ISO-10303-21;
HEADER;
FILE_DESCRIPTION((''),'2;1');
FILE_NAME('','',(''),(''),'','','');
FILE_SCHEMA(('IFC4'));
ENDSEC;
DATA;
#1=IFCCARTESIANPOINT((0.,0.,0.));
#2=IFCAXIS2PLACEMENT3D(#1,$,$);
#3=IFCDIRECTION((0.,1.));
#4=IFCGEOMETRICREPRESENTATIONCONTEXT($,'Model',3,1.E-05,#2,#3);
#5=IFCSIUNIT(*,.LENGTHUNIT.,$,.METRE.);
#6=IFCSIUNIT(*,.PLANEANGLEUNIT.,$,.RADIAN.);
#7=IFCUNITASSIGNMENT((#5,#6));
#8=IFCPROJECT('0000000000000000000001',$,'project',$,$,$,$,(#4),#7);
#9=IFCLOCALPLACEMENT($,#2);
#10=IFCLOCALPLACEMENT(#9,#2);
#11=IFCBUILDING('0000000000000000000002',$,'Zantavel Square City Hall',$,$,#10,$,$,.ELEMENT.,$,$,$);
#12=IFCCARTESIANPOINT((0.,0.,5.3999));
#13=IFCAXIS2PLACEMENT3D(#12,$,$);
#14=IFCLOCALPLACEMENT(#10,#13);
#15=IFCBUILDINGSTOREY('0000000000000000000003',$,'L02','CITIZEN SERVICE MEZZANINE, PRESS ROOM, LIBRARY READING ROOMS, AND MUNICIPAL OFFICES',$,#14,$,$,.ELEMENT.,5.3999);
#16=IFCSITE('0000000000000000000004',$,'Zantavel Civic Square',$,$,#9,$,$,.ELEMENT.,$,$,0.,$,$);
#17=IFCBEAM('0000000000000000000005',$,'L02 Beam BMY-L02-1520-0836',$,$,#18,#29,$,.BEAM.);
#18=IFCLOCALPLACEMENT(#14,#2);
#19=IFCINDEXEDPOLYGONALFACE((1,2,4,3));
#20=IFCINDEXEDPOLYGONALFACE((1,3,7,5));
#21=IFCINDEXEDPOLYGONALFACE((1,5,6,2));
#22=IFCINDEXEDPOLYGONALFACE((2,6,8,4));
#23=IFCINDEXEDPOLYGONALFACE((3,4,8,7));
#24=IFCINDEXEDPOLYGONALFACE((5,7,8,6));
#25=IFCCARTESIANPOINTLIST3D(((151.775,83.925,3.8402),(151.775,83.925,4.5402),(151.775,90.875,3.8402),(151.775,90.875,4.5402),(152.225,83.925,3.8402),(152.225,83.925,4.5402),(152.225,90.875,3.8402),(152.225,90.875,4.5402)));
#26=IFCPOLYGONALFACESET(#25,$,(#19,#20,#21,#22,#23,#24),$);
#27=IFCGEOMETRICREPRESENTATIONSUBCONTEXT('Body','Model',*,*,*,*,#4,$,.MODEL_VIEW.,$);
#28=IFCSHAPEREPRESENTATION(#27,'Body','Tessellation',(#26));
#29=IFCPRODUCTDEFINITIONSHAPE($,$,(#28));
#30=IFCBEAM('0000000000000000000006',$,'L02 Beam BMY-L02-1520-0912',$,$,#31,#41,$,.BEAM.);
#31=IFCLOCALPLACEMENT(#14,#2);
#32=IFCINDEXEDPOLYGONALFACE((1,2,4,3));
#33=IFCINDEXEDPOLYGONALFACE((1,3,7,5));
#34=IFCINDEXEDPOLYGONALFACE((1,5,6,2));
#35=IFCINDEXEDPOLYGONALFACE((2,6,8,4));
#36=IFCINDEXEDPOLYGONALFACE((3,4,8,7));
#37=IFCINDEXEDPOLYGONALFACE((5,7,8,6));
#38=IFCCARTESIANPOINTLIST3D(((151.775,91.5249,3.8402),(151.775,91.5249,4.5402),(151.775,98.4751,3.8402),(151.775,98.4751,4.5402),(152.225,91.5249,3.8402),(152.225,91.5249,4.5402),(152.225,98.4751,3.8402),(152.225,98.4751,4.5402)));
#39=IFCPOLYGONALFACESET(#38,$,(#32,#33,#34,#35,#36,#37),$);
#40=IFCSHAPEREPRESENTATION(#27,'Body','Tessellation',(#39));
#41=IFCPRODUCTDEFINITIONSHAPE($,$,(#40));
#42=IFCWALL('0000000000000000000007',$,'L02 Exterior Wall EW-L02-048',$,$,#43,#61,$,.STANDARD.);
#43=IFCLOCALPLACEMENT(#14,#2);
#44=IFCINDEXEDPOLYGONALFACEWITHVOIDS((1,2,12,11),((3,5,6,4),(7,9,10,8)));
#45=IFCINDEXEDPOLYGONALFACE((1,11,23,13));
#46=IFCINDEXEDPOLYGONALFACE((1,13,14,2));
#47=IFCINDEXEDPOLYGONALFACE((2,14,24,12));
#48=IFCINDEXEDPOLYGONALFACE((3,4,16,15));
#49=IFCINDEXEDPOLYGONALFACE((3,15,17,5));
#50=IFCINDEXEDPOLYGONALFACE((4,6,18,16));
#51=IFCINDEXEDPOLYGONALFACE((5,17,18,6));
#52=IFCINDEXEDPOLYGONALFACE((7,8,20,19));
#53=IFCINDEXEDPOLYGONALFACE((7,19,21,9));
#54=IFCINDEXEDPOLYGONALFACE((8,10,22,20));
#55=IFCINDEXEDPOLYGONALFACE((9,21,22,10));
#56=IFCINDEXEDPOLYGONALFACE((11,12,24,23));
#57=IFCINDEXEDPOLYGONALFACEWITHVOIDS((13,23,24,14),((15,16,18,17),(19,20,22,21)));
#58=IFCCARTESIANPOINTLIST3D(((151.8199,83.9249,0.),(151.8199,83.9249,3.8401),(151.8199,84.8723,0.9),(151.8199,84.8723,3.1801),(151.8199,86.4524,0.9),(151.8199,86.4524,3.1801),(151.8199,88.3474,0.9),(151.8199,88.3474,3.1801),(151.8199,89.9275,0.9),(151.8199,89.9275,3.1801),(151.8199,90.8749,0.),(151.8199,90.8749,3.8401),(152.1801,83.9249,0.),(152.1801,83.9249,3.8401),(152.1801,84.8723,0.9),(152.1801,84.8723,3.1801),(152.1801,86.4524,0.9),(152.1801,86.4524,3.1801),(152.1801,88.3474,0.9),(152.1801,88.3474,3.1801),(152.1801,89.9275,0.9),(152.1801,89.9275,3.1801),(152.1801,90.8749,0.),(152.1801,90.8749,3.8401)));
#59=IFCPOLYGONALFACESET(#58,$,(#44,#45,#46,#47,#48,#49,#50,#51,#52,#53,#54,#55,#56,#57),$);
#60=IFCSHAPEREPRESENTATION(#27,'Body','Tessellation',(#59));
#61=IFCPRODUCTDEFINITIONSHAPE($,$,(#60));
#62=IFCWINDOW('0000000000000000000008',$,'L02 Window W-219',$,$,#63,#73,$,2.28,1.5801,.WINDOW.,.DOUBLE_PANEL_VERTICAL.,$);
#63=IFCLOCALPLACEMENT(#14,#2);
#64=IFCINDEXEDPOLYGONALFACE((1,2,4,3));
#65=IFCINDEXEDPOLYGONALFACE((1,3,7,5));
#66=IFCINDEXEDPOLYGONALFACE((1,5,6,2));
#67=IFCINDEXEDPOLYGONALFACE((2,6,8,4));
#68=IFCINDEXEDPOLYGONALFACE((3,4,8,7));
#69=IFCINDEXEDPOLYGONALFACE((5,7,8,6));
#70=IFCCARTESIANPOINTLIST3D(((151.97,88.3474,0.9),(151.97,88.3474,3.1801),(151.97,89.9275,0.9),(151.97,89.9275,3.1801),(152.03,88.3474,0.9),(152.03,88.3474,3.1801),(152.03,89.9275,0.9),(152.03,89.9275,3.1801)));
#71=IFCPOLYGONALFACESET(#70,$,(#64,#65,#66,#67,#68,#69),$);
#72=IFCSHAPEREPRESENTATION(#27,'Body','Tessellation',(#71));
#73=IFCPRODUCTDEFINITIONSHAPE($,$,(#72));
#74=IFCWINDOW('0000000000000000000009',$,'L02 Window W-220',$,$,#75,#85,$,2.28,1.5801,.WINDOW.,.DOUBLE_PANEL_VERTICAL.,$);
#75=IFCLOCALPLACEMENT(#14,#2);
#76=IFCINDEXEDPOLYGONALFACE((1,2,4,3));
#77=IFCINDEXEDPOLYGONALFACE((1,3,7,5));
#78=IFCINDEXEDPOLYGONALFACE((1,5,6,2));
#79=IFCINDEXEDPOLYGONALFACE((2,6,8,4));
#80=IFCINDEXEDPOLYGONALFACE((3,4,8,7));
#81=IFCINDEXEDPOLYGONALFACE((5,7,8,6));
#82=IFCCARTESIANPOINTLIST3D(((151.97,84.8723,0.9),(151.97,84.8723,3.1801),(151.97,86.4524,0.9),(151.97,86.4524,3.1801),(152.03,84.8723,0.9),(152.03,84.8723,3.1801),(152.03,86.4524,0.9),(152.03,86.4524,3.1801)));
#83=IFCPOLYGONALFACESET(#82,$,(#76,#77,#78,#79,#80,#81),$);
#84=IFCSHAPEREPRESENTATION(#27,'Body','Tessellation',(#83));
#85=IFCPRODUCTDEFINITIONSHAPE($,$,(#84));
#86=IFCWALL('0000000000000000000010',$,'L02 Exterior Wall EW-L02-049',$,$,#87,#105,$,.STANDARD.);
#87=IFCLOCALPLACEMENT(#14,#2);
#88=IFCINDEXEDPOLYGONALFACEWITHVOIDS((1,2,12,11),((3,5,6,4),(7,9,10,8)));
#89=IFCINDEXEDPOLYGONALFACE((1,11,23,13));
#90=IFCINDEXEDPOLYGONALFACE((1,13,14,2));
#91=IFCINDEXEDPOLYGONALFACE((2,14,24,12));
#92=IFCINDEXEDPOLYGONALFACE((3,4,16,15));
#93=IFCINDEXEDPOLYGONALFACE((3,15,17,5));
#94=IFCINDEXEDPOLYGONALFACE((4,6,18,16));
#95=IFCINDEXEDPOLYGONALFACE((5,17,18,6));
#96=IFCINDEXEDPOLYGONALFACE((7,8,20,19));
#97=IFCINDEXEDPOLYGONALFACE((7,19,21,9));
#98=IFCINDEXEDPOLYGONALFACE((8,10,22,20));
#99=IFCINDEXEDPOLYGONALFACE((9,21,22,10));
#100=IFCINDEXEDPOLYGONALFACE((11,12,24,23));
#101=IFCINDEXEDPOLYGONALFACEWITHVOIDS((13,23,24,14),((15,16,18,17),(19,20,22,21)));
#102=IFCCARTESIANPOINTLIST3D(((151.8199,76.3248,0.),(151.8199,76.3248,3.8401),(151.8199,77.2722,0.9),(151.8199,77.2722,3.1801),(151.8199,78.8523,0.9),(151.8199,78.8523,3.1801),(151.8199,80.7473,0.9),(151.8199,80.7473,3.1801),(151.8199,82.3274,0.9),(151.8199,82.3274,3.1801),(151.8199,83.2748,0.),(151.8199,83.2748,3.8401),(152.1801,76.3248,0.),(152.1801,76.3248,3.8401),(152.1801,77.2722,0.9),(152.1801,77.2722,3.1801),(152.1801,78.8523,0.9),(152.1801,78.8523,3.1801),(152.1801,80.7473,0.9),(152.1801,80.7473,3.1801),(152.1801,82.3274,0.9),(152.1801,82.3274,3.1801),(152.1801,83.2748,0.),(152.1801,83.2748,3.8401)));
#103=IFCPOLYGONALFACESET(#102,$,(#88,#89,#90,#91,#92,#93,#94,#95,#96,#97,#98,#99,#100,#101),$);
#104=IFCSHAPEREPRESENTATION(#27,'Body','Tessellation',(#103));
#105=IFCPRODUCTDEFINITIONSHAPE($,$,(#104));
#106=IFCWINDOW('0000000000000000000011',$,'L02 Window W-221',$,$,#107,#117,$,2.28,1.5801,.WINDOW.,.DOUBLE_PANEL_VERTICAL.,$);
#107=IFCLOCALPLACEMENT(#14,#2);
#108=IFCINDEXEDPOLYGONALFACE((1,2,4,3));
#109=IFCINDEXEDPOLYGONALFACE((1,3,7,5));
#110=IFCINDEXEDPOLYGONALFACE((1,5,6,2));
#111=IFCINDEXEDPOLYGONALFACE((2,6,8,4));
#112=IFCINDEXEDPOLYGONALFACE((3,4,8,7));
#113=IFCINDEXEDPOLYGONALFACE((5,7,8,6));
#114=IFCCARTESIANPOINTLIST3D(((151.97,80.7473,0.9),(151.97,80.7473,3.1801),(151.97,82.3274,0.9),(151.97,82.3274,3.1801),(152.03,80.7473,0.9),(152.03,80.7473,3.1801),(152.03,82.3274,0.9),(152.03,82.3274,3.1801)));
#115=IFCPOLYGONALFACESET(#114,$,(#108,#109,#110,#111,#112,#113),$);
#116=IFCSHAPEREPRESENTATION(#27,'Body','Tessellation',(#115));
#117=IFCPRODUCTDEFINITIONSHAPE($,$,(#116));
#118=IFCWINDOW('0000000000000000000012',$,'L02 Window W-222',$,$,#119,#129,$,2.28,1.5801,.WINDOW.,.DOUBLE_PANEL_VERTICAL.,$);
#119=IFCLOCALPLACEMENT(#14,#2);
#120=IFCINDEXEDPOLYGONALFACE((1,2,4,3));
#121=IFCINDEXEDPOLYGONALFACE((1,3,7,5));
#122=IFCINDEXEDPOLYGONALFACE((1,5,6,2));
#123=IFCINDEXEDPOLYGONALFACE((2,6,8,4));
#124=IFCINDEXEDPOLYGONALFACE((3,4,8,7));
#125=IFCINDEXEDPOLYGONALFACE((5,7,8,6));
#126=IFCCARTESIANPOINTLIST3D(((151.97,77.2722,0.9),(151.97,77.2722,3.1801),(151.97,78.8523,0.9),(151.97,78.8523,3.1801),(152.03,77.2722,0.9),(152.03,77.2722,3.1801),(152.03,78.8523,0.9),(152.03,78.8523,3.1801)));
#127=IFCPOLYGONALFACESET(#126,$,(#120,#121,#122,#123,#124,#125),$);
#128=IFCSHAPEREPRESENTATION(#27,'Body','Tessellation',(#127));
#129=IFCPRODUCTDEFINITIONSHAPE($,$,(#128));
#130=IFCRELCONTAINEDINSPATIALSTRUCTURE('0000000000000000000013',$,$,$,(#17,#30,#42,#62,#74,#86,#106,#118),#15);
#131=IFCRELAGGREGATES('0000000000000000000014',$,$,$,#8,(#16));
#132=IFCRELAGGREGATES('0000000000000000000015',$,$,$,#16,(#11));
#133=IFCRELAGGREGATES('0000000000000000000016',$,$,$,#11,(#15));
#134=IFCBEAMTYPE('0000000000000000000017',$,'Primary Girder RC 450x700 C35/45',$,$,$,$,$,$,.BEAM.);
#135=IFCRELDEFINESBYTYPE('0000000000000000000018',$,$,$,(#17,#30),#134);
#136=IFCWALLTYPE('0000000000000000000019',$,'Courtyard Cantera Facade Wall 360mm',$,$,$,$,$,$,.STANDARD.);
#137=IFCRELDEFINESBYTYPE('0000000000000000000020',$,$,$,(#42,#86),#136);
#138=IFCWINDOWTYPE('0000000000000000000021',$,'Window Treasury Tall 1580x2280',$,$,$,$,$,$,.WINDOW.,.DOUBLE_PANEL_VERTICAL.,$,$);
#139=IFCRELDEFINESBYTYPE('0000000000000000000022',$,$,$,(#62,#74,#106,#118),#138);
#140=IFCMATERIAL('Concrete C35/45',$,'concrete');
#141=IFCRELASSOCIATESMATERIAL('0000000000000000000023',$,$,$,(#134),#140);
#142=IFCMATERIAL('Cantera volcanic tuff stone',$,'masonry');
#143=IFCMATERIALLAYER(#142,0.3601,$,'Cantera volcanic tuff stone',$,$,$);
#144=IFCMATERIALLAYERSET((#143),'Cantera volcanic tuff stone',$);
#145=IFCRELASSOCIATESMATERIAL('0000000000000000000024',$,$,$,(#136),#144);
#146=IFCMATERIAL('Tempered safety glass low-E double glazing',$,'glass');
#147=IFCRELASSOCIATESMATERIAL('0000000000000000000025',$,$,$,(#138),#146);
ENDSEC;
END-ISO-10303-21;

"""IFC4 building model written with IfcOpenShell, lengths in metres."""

from ifc_helpers import new_model, si_unit, direction, frame, frame_2d, origin, origin_2d, place, context, subcontext, project, spatial, rectangle, extrude, material, layer, layer_set, material_profile, profile_set, type_object, element, fill, save


model = new_model("IFC4")

# Units and contexts
model_context = context("Model", 3, precision=1e-05, world=origin(), true_north=direction((0.0, 1.0)))
body_context = subcontext(model_context, "Body", "Model", "MODEL_VIEW")
ifc_project = project(units=[si_unit("LENGTHUNIT", "METRE"), si_unit("PLANEANGLEUNIT", "RADIAN")], contexts=[model_context])

# Site, building, storey
site_placement = place(None, origin())
site = spatial("IfcSite", under=ifc_project, at=site_placement, Name="Zantavel Civic Square", CompositionType="ELEMENT", RefElevation=0.0)
building_placement = place(site_placement, origin())
building = spatial("IfcBuilding", under=site, at=building_placement, Name="Zantavel Square City Hall", CompositionType="ELEMENT")
storey_placement = place(building_placement, frame((0.0, 0.0, 5.3999)))
storey = spatial("IfcBuildingStorey", under=building, at=storey_placement, Name="L02", Description="CITIZEN SERVICE MEZZANINE, PRESS ROOM, LIBRARY READING ROOMS, AND MUNICIPAL OFFICES", CompositionType="ELEMENT", Elevation=5.3999)

# Beams
ifc_material_1 = material(Name="Concrete C35/45", Category="concrete")
ifc_material_profile_1 = material_profile(ifc_material_1, rectangle(XDim=0.45, YDim=0.7, at=origin_2d()), Name="RC 450x700")
ifc_profile_set_1 = profile_set([ifc_material_profile_1], Name="Concrete C35/45")
beam_type_1 = type_object("IfcBeamType", Name="Primary Girder RC 450x700 C35/45", PredefinedType="BEAM", material=ifc_profile_set_1)
for number, where, z_axis, x_axis, name in (
    (1, (152.0, 83.925, 4.1902), (0.0, 1.0, 0.0), (-1.0, 0.0, 0.0), "L02 Beam BMY-L02-1520-0836"),
):
    element("IfcBeam", number, at=place(storey_placement, frame(where, z_axis=z_axis, x_axis=x_axis)), inside=storey, type_object=beam_type_1, Name=name, PredefinedType="BEAM", context=body_context, shape_type="SweptSolid", body=[
        extrude(rectangle(XDim=0.45, YDim=0.7, at=origin_2d()), origin(), (0.0, 0.0, 1.0), 6.95),
    ])
beam_1_placement = place(storey_placement, frame((152.0, 91.5249, 4.1902), z_axis=(0.0, 1.0, 0.0), x_axis=(-1.0, 0.0, 0.0)))
element("IfcBeam", 2, at=beam_1_placement, inside=storey, type_object=beam_type_1, Name="L02 Beam BMY-L02-1520-0912", PredefinedType="BEAM", context=body_context, shape_type="SweptSolid", body=[
    extrude(rectangle(XDim=0.45, YDim=0.7, at=origin_2d()), origin(), (0.0, 0.0, 1.0), 6.9502),
])

# Walls, openings, windows
ifc_material_2 = material(Name="Cantera volcanic tuff stone", Category="masonry")
ifc_layer_1 = layer(ifc_material_2, 0.3601, Name="Cantera volcanic tuff stone")
ifc_layer_set_1 = layer_set([ifc_layer_1], Name="Cantera volcanic tuff stone")
wall_type_1 = type_object("IfcWallType", Name="Courtyard Cantera Facade Wall 360mm", PredefinedType="STANDARD", material=ifc_layer_set_1)
wall_1_placement = place(storey_placement, frame((152.0, 90.875, 0.0), z_axis=(0.0, 0.0, 1.0), x_axis=(0.0, -1.0, 0.0)))
wall_1 = element("IfcWall", 3, at=wall_1_placement, inside=storey, type_object=wall_type_1, Name="L02 Exterior Wall EW-L02-048", PredefinedType="STANDARD", context=body_context, shape_type="SweptSolid", body=[
    extrude(rectangle(XDim=6.95, YDim=0.3601, at=frame_2d((3.4751, 0.0))), origin(), (0.0, 0.0, 1.0), 3.8401),
])
opening_1_placement = place(wall_1_placement, frame((0.9475, 0.0, 0.8999)))
opening_1 = element("IfcOpeningElement", 4, at=opening_1_placement, cuts=wall_1, PredefinedType="OPENING", context=body_context, shape_type="SweptSolid", body=[
    extrude(rectangle(XDim=1.5801, YDim=2.28, at=frame_2d((0.79, 1.1401))), frame((0.0, 0.1899, 0.0), z_axis=(0.0, -1.0, 0.0), x_axis=(1.0, 0.0, 0.0)), (0.0, 0.0, 1.0), 0.3801),
])
opening_2_placement = place(wall_1_placement, frame((4.4226, 0.0, 0.8999)))
opening_2 = element("IfcOpeningElement", 5, at=opening_2_placement, cuts=wall_1, PredefinedType="OPENING", context=body_context, shape_type="SweptSolid", body=[
    extrude(rectangle(XDim=1.5801, YDim=2.28, at=frame_2d((0.79, 1.1401))), frame((0.0, 0.1899, 0.0), z_axis=(0.0, -1.0, 0.0), x_axis=(1.0, 0.0, 0.0)), (0.0, 0.0, 1.0), 0.3801),
])
ifc_material_3 = material(Name="Tempered safety glass low-E double glazing", Category="glass")
window_type_1 = type_object("IfcWindowType", Name="Window Treasury Tall 1580x2280", PartitioningType="DOUBLE_PANEL_VERTICAL", PredefinedType="WINDOW", material=ifc_material_3)
window_1_placement = place(opening_1_placement, origin())
window_1 = element("IfcWindow", 6, at=window_1_placement, inside=storey, type_object=window_type_1, Name="L02 Window W-219", OverallHeight=2.28, OverallWidth=1.5801, PartitioningType="DOUBLE_PANEL_VERTICAL", PredefinedType="WINDOW", context=body_context, shape_type="SweptSolid", body=[
    extrude(rectangle(XDim=1.5801, YDim=2.28, at=frame_2d((0.79, 1.1401))), frame((0.0, 0.03, 0.0), z_axis=(0.0, -1.0, 0.0), x_axis=(1.0, 0.0, 0.0)), (0.0, 0.0, 1.0), 0.0601),
])
fill(opening_1, window_1)
window_2_placement = place(opening_2_placement, origin())
window_2 = element("IfcWindow", 7, at=window_2_placement, inside=storey, type_object=window_type_1, Name="L02 Window W-220", OverallHeight=2.28, OverallWidth=1.5801, PartitioningType="DOUBLE_PANEL_VERTICAL", PredefinedType="WINDOW", context=body_context, shape_type="SweptSolid", body=[
    extrude(rectangle(XDim=1.5801, YDim=2.28, at=frame_2d((0.79, 1.1401))), frame((0.0, 0.03, 0.0), z_axis=(0.0, -1.0, 0.0), x_axis=(1.0, 0.0, 0.0)), (0.0, 0.0, 1.0), 0.0601),
])
fill(opening_2, window_2)
wall_2_placement = place(storey_placement, frame((152.0, 83.2749, 0.0), z_axis=(0.0, 0.0, 1.0), x_axis=(0.0, -1.0, 0.0)))
wall_2 = element("IfcWall", 8, at=wall_2_placement, inside=storey, type_object=wall_type_1, Name="L02 Exterior Wall EW-L02-049", PredefinedType="STANDARD", context=body_context, shape_type="SweptSolid", body=[
    extrude(rectangle(XDim=6.95, YDim=0.3601, at=frame_2d((3.4751, 0.0))), origin(), (0.0, 0.0, 1.0), 3.8401),
])
opening_3_placement = place(wall_2_placement, frame((0.9475, 0.0, 0.8999)))
opening_3 = element("IfcOpeningElement", 9, at=opening_3_placement, cuts=wall_2, PredefinedType="OPENING", context=body_context, shape_type="SweptSolid", body=[
    extrude(rectangle(XDim=1.5801, YDim=2.28, at=frame_2d((0.79, 1.1401))), frame((0.0, 0.1899, 0.0), z_axis=(0.0, -1.0, 0.0), x_axis=(1.0, 0.0, 0.0)), (0.0, 0.0, 1.0), 0.3801),
])
opening_4_placement = place(wall_2_placement, frame((4.4226, 0.0, 0.8999)))
opening_4 = element("IfcOpeningElement", 10, at=opening_4_placement, cuts=wall_2, PredefinedType="OPENING", context=body_context, shape_type="SweptSolid", body=[
    extrude(rectangle(XDim=1.5801, YDim=2.28, at=frame_2d((0.79, 1.1401))), frame((0.0, 0.1899, 0.0), z_axis=(0.0, -1.0, 0.0), x_axis=(1.0, 0.0, 0.0)), (0.0, 0.0, 1.0), 0.3801),
])
window_3_placement = place(opening_3_placement, origin())
window_3 = element("IfcWindow", 11, at=window_3_placement, inside=storey, type_object=window_type_1, Name="L02 Window W-221", OverallHeight=2.28, OverallWidth=1.5801, PartitioningType="DOUBLE_PANEL_VERTICAL", PredefinedType="WINDOW", context=body_context, shape_type="SweptSolid", body=[
    extrude(rectangle(XDim=1.5801, YDim=2.28, at=frame_2d((0.79, 1.1401))), frame((0.0, 0.03, 0.0), z_axis=(0.0, -1.0, 0.0), x_axis=(1.0, 0.0, 0.0)), (0.0, 0.0, 1.0), 0.0601),
])
fill(opening_3, window_3)
window_4_placement = place(opening_4_placement, origin())
window_4 = element("IfcWindow", 12, at=window_4_placement, inside=storey, type_object=window_type_1, Name="L02 Window W-222", OverallHeight=2.28, OverallWidth=1.5801, PartitioningType="DOUBLE_PANEL_VERTICAL", PredefinedType="WINDOW", context=body_context, shape_type="SweptSolid", body=[
    extrude(rectangle(XDim=1.5801, YDim=2.28, at=frame_2d((0.79, 1.1401))), frame((0.0, 0.03, 0.0), z_axis=(0.0, -1.0, 0.0), x_axis=(1.0, 0.0, 0.0)), (0.0, 0.0, 1.0), 0.0601),
])
fill(opening_4, window_4)

save(model, "model.ifc")
